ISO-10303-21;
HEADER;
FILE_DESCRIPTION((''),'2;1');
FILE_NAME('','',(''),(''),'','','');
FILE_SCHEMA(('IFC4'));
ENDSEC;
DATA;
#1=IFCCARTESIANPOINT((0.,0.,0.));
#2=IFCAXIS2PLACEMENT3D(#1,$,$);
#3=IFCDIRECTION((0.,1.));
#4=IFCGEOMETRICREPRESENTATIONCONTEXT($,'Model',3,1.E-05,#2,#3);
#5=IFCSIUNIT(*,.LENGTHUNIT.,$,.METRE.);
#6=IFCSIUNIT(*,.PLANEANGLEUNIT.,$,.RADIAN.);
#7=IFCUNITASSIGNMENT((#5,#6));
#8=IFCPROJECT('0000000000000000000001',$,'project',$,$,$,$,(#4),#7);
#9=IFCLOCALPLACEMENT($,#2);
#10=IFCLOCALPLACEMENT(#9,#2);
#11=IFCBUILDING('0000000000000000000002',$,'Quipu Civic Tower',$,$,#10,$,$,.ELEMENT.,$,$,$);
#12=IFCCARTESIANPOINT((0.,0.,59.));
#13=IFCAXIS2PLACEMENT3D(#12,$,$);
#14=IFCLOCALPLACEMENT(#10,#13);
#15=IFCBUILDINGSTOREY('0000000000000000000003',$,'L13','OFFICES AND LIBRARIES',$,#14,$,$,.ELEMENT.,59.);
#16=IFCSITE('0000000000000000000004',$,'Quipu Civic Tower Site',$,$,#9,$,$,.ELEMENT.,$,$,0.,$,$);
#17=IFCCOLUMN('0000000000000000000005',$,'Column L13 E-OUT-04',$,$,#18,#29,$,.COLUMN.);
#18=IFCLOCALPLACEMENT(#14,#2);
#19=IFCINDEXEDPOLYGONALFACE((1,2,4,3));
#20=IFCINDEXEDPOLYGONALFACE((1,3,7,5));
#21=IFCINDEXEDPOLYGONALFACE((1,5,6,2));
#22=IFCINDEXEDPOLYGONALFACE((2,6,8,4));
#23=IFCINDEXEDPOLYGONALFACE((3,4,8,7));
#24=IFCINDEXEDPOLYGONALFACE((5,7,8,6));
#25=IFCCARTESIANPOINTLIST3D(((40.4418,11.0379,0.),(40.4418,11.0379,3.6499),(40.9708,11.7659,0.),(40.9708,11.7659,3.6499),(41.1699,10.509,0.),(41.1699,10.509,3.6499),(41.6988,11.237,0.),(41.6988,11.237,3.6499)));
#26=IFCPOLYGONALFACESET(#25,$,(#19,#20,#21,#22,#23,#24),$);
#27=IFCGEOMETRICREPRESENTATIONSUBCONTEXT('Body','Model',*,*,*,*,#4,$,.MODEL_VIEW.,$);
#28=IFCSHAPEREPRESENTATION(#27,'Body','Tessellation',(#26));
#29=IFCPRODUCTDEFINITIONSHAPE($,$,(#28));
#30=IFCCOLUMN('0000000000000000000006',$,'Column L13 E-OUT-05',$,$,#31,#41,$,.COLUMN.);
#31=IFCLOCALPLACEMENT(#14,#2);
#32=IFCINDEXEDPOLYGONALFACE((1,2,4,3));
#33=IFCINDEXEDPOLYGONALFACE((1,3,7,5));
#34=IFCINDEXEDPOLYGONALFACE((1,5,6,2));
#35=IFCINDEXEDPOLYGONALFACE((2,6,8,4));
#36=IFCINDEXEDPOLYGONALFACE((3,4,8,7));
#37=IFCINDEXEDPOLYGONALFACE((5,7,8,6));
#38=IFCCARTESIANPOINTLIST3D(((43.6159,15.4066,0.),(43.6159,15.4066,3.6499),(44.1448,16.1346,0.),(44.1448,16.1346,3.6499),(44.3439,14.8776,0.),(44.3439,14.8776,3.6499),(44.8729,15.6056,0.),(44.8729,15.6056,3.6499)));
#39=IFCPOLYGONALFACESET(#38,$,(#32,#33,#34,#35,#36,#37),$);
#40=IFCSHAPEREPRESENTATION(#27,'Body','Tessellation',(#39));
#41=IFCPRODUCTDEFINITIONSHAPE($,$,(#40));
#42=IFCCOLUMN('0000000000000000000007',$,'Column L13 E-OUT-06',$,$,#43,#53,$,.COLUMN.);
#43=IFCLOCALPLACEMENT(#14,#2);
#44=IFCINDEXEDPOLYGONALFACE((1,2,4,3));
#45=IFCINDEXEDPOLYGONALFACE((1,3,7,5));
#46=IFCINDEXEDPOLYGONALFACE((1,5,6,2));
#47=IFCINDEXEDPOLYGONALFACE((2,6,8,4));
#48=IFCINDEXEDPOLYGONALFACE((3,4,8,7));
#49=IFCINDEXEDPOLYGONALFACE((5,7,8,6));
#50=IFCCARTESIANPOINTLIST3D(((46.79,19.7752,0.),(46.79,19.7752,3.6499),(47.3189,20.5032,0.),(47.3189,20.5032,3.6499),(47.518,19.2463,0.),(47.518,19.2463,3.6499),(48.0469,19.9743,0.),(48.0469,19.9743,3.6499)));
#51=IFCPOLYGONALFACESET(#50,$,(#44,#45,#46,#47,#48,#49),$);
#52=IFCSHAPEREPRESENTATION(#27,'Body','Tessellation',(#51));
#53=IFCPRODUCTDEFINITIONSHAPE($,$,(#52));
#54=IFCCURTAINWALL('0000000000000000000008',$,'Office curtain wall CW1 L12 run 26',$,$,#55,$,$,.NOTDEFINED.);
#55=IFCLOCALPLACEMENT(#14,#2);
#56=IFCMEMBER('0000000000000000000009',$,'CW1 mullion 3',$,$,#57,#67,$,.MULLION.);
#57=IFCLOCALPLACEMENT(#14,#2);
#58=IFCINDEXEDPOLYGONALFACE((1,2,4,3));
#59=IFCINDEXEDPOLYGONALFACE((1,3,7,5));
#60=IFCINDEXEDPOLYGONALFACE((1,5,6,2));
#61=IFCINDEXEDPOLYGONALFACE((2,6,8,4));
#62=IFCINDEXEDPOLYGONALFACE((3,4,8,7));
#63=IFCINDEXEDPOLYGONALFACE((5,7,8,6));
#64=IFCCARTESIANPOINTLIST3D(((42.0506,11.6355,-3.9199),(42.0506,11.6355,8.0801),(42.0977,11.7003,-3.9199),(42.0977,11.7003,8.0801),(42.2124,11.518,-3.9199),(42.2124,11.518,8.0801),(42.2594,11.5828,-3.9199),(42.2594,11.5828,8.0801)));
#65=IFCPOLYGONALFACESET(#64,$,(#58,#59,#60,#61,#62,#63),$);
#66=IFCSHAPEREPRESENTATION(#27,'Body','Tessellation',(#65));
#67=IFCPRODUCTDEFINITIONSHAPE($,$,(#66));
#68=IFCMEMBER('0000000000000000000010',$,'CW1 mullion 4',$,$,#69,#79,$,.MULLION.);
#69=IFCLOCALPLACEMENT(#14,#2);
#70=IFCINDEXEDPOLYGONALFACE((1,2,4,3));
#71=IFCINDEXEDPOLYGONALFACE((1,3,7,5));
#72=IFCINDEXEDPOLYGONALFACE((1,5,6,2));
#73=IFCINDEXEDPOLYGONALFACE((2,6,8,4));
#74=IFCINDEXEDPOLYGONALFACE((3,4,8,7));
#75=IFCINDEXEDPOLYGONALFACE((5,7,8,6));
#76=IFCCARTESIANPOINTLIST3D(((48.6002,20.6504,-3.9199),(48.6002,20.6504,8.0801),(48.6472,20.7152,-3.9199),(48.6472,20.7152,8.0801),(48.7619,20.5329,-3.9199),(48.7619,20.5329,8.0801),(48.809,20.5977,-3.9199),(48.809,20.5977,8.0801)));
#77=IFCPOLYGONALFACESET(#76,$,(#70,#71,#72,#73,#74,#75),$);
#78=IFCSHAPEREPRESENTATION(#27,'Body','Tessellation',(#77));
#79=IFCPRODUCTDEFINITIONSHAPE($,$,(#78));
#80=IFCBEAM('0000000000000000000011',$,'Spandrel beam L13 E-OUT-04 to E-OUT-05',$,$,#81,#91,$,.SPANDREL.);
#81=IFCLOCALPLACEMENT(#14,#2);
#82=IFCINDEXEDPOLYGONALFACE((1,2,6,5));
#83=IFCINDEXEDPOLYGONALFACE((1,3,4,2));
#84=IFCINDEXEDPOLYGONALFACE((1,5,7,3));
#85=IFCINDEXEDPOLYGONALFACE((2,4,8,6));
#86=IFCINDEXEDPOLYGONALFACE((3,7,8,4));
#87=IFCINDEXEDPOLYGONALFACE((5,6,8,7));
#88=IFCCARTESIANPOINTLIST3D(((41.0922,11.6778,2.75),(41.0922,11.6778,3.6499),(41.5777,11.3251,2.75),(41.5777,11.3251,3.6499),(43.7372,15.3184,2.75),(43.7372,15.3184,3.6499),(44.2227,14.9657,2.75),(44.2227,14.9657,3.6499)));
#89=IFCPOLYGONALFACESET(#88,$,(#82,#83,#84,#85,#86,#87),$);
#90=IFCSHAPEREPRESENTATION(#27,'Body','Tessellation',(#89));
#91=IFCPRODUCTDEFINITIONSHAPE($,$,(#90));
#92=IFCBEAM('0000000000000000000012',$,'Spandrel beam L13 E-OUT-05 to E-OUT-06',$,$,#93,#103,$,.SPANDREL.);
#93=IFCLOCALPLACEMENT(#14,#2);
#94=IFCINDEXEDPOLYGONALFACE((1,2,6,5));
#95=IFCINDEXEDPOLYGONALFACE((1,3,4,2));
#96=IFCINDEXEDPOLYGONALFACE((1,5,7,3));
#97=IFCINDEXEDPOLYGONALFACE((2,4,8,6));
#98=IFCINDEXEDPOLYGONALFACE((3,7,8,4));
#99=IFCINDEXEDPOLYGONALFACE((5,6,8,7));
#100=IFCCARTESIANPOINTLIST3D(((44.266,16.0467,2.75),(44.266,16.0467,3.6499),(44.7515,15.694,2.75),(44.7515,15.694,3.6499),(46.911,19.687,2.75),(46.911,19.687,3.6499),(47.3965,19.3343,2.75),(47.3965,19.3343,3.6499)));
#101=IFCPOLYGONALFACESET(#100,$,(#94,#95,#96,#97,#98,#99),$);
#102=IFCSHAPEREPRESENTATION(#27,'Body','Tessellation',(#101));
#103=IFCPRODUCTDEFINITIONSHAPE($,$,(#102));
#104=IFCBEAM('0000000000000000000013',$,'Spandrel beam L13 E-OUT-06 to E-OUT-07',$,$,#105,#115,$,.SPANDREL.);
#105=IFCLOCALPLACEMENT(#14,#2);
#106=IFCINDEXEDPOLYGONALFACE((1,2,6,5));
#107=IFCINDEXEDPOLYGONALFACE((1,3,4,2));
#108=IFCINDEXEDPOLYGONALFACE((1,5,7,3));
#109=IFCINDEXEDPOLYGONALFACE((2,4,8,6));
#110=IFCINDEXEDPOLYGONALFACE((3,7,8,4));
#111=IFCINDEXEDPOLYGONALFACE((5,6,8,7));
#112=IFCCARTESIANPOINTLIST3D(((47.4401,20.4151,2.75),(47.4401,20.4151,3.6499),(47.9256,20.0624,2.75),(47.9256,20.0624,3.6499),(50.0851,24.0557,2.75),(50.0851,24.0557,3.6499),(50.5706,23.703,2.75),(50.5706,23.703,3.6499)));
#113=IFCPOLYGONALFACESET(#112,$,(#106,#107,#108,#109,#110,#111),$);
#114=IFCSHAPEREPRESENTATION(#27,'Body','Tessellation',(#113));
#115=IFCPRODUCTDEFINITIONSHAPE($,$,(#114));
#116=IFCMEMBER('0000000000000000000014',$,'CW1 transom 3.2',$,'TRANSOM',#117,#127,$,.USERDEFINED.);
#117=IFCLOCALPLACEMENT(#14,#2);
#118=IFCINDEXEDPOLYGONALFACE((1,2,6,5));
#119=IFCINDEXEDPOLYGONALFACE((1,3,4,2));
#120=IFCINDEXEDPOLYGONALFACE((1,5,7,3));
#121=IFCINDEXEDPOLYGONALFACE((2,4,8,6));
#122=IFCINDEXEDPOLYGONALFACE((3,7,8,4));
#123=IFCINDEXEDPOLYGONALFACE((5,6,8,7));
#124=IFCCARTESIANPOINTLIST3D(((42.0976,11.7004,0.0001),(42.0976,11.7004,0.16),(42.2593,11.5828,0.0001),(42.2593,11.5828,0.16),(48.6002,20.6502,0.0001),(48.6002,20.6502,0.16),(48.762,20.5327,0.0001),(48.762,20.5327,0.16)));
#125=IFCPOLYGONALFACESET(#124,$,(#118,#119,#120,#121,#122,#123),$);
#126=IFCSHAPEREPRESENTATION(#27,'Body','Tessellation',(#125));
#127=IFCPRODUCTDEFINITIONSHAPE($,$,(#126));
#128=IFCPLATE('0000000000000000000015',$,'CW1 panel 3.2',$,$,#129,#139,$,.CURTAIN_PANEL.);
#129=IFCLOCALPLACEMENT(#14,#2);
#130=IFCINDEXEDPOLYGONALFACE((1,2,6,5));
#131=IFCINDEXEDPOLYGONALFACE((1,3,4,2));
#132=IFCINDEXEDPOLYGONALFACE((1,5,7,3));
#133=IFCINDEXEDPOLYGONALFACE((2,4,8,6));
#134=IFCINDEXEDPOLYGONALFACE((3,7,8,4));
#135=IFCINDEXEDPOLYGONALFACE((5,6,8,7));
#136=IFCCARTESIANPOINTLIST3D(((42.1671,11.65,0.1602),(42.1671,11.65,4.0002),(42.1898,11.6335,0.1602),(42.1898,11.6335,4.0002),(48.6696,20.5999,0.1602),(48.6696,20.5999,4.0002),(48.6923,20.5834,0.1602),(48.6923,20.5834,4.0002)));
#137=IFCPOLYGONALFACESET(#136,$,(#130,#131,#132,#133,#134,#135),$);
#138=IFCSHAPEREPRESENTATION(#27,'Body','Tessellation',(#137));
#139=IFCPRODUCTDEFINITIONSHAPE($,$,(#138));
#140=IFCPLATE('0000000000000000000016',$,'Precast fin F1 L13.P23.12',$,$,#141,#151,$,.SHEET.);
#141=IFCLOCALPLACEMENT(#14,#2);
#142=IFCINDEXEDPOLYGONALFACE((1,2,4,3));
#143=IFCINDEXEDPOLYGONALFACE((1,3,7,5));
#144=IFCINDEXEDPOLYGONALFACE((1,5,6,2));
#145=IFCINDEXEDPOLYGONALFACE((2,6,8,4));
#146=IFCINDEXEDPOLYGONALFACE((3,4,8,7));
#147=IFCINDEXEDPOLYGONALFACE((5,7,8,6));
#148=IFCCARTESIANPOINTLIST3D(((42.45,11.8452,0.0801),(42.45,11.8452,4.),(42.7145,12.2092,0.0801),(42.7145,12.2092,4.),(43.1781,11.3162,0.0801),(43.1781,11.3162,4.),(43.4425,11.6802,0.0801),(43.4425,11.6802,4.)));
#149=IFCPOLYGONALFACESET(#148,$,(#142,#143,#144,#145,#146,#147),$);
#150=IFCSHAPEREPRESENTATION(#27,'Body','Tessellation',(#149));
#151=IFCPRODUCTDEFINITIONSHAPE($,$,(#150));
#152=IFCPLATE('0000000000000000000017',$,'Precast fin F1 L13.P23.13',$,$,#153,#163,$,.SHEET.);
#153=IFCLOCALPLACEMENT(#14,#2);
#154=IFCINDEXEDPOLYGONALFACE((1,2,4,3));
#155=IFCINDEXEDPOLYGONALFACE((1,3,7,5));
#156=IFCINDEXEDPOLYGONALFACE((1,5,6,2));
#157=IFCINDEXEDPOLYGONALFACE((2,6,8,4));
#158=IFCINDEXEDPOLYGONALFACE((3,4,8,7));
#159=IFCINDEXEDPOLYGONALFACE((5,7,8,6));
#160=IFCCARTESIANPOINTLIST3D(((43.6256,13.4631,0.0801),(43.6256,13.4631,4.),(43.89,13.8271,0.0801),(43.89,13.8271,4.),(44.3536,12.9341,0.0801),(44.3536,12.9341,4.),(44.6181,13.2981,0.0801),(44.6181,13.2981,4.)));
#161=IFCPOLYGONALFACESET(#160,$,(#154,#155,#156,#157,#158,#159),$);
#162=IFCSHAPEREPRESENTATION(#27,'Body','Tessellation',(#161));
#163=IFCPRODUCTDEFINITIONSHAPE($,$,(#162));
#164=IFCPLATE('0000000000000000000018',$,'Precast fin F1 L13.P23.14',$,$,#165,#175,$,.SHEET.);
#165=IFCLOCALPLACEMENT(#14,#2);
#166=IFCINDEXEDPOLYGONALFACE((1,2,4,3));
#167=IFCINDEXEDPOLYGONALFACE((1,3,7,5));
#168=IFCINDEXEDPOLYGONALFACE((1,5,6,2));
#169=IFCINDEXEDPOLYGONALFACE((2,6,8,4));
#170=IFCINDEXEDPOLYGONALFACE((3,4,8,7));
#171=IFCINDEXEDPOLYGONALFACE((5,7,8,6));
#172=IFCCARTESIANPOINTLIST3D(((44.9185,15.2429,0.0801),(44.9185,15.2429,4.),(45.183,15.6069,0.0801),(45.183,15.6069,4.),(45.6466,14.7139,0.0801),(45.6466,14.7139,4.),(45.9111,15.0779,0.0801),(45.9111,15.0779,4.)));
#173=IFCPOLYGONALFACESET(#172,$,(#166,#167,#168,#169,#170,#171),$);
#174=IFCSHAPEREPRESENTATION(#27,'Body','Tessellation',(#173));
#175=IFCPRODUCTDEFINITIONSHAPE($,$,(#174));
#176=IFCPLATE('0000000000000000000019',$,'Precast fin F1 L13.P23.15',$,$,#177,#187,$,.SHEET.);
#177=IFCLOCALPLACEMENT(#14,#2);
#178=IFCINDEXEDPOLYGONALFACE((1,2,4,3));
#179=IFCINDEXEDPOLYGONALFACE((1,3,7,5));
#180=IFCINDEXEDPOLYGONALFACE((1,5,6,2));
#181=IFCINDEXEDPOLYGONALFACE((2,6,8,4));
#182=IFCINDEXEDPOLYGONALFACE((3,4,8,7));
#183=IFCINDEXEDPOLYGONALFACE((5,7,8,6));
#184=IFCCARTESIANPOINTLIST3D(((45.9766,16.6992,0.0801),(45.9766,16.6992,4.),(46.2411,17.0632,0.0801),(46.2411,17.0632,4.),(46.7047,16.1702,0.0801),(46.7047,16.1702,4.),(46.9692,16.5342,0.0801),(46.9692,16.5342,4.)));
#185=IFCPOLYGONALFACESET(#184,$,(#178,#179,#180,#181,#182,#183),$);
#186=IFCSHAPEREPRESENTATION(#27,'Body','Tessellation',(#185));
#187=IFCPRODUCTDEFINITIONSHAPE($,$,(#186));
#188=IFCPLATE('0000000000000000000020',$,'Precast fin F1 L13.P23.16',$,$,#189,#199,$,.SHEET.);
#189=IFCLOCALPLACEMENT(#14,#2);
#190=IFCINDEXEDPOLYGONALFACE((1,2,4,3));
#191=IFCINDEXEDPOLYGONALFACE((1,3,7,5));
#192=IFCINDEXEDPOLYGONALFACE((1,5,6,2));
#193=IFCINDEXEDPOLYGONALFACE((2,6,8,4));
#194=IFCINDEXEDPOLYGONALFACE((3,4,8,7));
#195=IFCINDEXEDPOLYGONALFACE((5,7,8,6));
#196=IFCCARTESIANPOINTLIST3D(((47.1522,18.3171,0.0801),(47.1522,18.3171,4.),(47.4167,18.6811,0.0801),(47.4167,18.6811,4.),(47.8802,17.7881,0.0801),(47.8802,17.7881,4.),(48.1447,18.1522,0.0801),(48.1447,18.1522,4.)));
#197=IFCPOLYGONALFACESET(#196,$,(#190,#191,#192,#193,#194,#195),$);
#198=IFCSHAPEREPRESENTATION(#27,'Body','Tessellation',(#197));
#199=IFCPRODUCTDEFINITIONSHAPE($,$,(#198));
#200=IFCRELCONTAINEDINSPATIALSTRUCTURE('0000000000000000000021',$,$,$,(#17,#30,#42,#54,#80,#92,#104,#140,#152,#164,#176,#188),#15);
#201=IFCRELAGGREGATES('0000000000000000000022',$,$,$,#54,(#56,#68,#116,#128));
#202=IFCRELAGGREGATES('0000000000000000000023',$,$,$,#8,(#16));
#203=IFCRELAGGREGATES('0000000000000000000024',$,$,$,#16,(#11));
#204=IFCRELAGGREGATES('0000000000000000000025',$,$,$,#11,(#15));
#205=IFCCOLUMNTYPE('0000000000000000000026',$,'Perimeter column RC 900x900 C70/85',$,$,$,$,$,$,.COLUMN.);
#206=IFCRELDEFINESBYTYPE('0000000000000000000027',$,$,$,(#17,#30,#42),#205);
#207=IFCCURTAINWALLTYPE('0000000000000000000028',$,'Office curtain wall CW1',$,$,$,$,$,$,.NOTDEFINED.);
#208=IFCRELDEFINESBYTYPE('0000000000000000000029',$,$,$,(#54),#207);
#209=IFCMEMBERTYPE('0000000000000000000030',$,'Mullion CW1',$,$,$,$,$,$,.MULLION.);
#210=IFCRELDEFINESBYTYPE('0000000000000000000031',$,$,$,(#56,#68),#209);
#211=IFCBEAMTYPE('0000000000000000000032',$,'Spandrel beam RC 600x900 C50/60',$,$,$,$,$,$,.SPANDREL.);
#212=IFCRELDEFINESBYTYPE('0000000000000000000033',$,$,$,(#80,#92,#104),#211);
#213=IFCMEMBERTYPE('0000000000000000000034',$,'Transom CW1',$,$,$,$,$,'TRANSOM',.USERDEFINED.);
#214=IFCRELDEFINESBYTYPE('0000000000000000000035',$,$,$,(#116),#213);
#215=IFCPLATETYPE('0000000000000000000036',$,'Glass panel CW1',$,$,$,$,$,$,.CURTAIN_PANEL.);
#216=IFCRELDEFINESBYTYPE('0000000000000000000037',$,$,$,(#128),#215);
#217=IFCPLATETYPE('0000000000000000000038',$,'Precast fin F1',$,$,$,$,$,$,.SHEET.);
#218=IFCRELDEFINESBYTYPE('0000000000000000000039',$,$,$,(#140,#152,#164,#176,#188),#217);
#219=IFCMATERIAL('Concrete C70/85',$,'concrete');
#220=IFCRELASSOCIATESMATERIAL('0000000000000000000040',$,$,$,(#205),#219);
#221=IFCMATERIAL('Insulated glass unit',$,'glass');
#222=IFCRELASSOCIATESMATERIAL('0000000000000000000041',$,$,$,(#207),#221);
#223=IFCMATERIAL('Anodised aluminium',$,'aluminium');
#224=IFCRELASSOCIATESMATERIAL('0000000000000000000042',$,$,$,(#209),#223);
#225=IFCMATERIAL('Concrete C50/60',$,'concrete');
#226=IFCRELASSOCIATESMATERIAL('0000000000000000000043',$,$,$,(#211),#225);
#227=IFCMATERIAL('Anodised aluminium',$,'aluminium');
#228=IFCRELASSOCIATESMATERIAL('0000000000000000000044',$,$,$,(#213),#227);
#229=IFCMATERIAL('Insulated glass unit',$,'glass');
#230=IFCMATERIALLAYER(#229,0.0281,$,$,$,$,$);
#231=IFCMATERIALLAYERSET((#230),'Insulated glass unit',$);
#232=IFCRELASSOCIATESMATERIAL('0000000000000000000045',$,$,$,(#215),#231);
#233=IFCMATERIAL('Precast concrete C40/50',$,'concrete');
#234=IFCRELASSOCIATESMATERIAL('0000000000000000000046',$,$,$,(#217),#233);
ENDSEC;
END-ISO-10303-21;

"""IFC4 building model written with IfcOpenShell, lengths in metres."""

from ifc_helpers import new_model, si_unit, direction, frame, origin, origin_2d, place, context, subcontext, project, spatial, rectangle, extrude, material, layer, layer_set, material_profile, profile_set, type_object, element, aggregate, save


model = new_model("IFC4")

# Units and contexts
model_context = context("Model", 3, precision=1e-05, world=origin(), true_north=direction((0.0, 1.0)))
body_context = subcontext(model_context, "Body", "Model", "MODEL_VIEW")
ifc_project = project(units=[si_unit("LENGTHUNIT", "METRE"), si_unit("PLANEANGLEUNIT", "RADIAN")], contexts=[model_context])

# Site, building, storey
site_placement = place(None, origin())
site = spatial("IfcSite", under=ifc_project, at=site_placement, Name="Quipu Civic Tower Site", CompositionType="ELEMENT", RefElevation=0.0)
building_placement = place(site_placement, origin())
building = spatial("IfcBuilding", under=site, at=building_placement, Name="Quipu Civic Tower", CompositionType="ELEMENT")
storey_placement = place(building_placement, frame((0.0, 0.0, 59.0)))
storey = spatial("IfcBuildingStorey", under=building, at=storey_placement, Name="L13", Description="OFFICES AND LIBRARIES", CompositionType="ELEMENT", Elevation=59.0)

# Columns
ifc_material_1 = material(Name="Concrete C70/85", Category="concrete")
ifc_material_profile_1 = material_profile(ifc_material_1, rectangle(XDim=0.8999, YDim=0.8999, at=origin_2d()), Name="RC900x900")
ifc_profile_set_1 = profile_set([ifc_material_profile_1], Name="Concrete C70/85")
column_type = type_object("IfcColumnType", Name="Perimeter column RC 900x900 C70/85", PredefinedType="COLUMN", material=ifc_profile_set_1)
for number, where, z_axis, x_axis, name in (
    (1, (41.0703, 11.1375, 0.0), (0.0, 0.0, 1.0), (0.587785, 0.809017, 0.0), "Column L13 E-OUT-04"),
    (2, (44.2444, 15.5061, 0.0), (0.0, 0.0, 1.0), (0.587785, 0.809017, 0.0), "Column L13 E-OUT-05"),
    (3, (47.4185, 19.8748, 0.0), (0.0, 0.0, 1.0), (0.587785, 0.809017, 0.0), "Column L13 E-OUT-06"),
):
    element("IfcColumn", number, at=place(storey_placement, frame(where, z_axis=z_axis, x_axis=x_axis)), inside=storey, type_object=column_type, Name=name, PredefinedType="COLUMN", context=body_context, shape_type="SweptSolid", body=[
        extrude(rectangle(XDim=0.8999, YDim=0.8999, at=origin_2d()), origin(), (0.0, 0.0, 1.0), 3.6499),
    ])

# Curtain wall, members
ifc_material_2 = material(Name="Insulated glass unit", Category="glass")
curtain_wall_type = type_object("IfcCurtainWallType", Name="Office curtain wall CW1", PredefinedType="NOTDEFINED", material=ifc_material_2)
curtain_wall_placement = place(storey_placement, origin())
curtain_wall = element("IfcCurtainWall", 4, at=curtain_wall_placement, inside=storey, type_object=curtain_wall_type, Name="Office curtain wall CW1 L12 run 26", PredefinedType="NOTDEFINED")
ifc_material_3 = material(Name="Anodised aluminium", Category="aluminium")
ifc_material_profile_2 = material_profile(ifc_material_3, rectangle(XDim=0.2, YDim=0.0801, at=origin_2d()), Name="RECT 200x80")
ifc_profile_set_2 = profile_set([ifc_material_profile_2], Name="Anodised aluminium")
member_type_1 = type_object("IfcMemberType", Name="Mullion CW1", PredefinedType="MULLION", material=ifc_profile_set_2)
member_1_placement = place(storey_placement, frame((42.155, 11.6091, -3.9199), z_axis=(0.0, 0.0, 1.0), x_axis=(-0.809017, 0.587786, 0.0)))
member_1 = element("IfcMember", 5, at=member_1_placement, type_object=member_type_1, Name="CW1 mullion 3", PredefinedType="MULLION", context=body_context, shape_type="SweptSolid", body=[
    extrude(rectangle(XDim=0.2, YDim=0.0801, at=origin_2d()), origin(), (0.0, 0.0, 1.0), 12.0),
])
member_2_placement = place(storey_placement, frame((48.7046, 20.624, -3.9199), z_axis=(0.0, 0.0, 1.0), x_axis=(-0.809017, 0.587786, 0.0)))
member_2 = element("IfcMember", 6, at=member_2_placement, type_object=member_type_1, Name="CW1 mullion 4", PredefinedType="MULLION", context=body_context, shape_type="SweptSolid", body=[
    extrude(rectangle(XDim=0.2, YDim=0.0801, at=origin_2d()), origin(), (0.0, 0.0, 1.0), 12.0),
])

# Beams
ifc_material_4 = material(Name="Concrete C50/60", Category="concrete")
ifc_material_profile_3 = material_profile(ifc_material_4, rectangle(XDim=0.6001, YDim=0.8999, at=origin_2d()), Name="RC600x900")
ifc_profile_set_3 = profile_set([ifc_material_profile_3], Name="Concrete C50/60")
beam_type = type_object("IfcBeamType", Name="Spandrel beam RC 600x900 C50/60", PredefinedType="SPANDREL", material=ifc_profile_set_3)
beam_1_placement = place(storey_placement, frame((41.335, 11.5015, 3.2), z_axis=(0.587778, 0.809022, 0.0), x_axis=(-0.809022, 0.587778, 0.0)))
element("IfcBeam", 7, at=beam_1_placement, inside=storey, type_object=beam_type, Name="Spandrel beam L13 E-OUT-04 to E-OUT-05", PredefinedType="SPANDREL", context=body_context, shape_type="SweptSolid", body=[
    extrude(rectangle(XDim=0.6001, YDim=0.8999, at=origin_2d()), origin(), (0.0, 0.0, 1.0), 4.5),
])
beam_2_placement = place(storey_placement, frame((44.5088, 15.8704, 3.2), z_axis=(0.587804, 0.809003, 0.0), x_axis=(-0.809003, 0.587804, 0.0)))
element("IfcBeam", 8, at=beam_2_placement, inside=storey, type_object=beam_type, Name="Spandrel beam L13 E-OUT-05 to E-OUT-06", PredefinedType="SPANDREL", context=body_context, shape_type="SweptSolid", body=[
    extrude(rectangle(XDim=0.6001, YDim=0.8999, at=origin_2d()), origin(), (0.0, 0.0, 1.0), 4.4998),
])
beam_3_placement = place(storey_placement, frame((47.6829, 20.2388, 3.2), z_axis=(0.587778, 0.809022, 0.0), x_axis=(-0.809022, 0.587778, 0.0)))
element("IfcBeam", 9, at=beam_3_placement, inside=storey, type_object=beam_type, Name="Spandrel beam L13 E-OUT-06 to E-OUT-07", PredefinedType="SPANDREL", context=body_context, shape_type="SweptSolid", body=[
    extrude(rectangle(XDim=0.6001, YDim=0.8999, at=origin_2d()), origin(), (0.0, 0.0, 1.0), 4.5),
])

# Member
ifc_material_5 = material(Name="Anodised aluminium", Category="aluminium")
ifc_material_profile_4 = material_profile(ifc_material_5, rectangle(XDim=0.2, YDim=0.1599, at=origin_2d()), Name="RECT 200x160")
ifc_profile_set_4 = profile_set([ifc_material_profile_4], Name="Anodised aluminium")
member_type_2 = type_object("IfcMemberType", Name="Transom CW1", ElementType="TRANSOM", PredefinedType="USERDEFINED", material=ifc_profile_set_4)
member_3_placement = place(storey_placement, frame((42.1785, 11.6416, 0.0801), z_axis=(0.587795, 0.80901, 0.0), x_axis=(-0.80901, 0.587795, 0.0)))
member_3 = element("IfcMember", 10, at=member_3_placement, type_object=member_type_2, Name="CW1 transom 3.2", ObjectType="TRANSOM", PredefinedType="USERDEFINED", context=body_context, shape_type="SweptSolid", body=[
    extrude(rectangle(XDim=0.2, YDim=0.1599, at=origin_2d()), origin(), (0.0, 0.0, 1.0), 11.0627),
])

# Plate
ifc_material_6 = material(Name="Insulated glass unit", Category="glass")
ifc_layer = layer(ifc_material_6, 0.0281)
ifc_layer_set = layer_set([ifc_layer], Name="Insulated glass unit")
plate_type_1 = type_object("IfcPlateType", Name="Glass panel CW1", PredefinedType="CURTAIN_PANEL", material=ifc_layer_set)
plate_placement = place(storey_placement, frame((45.4297, 16.1167, 0.1602), z_axis=(0.0, 0.0, 1.0), x_axis=(0.587786, 0.809017, 0.0)))
plate = element("IfcPlate", 11, at=plate_placement, type_object=plate_type_1, Name="CW1 panel 3.2", PredefinedType="CURTAIN_PANEL", context=body_context, shape_type="SweptSolid", body=[
    extrude(rectangle(XDim=11.0627, YDim=0.0281, at=origin_2d()), origin(), (0.0, 0.0, 1.0), 3.8401),
])
aggregate(curtain_wall, [member_1, member_2, member_3, plate])

# Plates
ifc_material_7 = material(Name="Precast concrete C40/50", Category="concrete")
plate_type_2 = type_object("IfcPlateType", Name="Precast fin F1", PredefinedType="SHEET", material=ifc_material_7)
for number, where, z_axis, x_axis, name in (
    (12, (42.9463, 11.7627, 0.0801), (0.0, 0.0, 1.0), (0.587786, 0.809017, 0.0), "Precast fin F1 L13.P23.12"),
    (13, (44.1218, 13.3806, 0.0801), (0.0, 0.0, 1.0), (0.587786, 0.809017, 0.0), "Precast fin F1 L13.P23.13"),
    (14, (45.4148, 15.1604, 0.0801), (0.0, 0.0, 1.0), (0.587786, 0.809017, 0.0), "Precast fin F1 L13.P23.14"),
    (15, (46.4729, 16.6167, 0.0801), (0.0, 0.0, 1.0), (0.587786, 0.809017, 0.0), "Precast fin F1 L13.P23.15"),
    (16, (47.6484, 18.2346, 0.0801), (0.0, 0.0, 1.0), (0.587786, 0.809017, 0.0), "Precast fin F1 L13.P23.16"),
):
    element("IfcPlate", number, at=place(storey_placement, frame(where, z_axis=z_axis, x_axis=x_axis)), inside=storey, type_object=plate_type_2, Name=name, PredefinedType="SHEET", context=body_context, shape_type="SweptSolid", body=[
        extrude(rectangle(XDim=0.45, YDim=0.8999, at=origin_2d()), origin(), (0.0, 0.0, 1.0), 3.9199),
    ])

save(model, "model.ifc")
